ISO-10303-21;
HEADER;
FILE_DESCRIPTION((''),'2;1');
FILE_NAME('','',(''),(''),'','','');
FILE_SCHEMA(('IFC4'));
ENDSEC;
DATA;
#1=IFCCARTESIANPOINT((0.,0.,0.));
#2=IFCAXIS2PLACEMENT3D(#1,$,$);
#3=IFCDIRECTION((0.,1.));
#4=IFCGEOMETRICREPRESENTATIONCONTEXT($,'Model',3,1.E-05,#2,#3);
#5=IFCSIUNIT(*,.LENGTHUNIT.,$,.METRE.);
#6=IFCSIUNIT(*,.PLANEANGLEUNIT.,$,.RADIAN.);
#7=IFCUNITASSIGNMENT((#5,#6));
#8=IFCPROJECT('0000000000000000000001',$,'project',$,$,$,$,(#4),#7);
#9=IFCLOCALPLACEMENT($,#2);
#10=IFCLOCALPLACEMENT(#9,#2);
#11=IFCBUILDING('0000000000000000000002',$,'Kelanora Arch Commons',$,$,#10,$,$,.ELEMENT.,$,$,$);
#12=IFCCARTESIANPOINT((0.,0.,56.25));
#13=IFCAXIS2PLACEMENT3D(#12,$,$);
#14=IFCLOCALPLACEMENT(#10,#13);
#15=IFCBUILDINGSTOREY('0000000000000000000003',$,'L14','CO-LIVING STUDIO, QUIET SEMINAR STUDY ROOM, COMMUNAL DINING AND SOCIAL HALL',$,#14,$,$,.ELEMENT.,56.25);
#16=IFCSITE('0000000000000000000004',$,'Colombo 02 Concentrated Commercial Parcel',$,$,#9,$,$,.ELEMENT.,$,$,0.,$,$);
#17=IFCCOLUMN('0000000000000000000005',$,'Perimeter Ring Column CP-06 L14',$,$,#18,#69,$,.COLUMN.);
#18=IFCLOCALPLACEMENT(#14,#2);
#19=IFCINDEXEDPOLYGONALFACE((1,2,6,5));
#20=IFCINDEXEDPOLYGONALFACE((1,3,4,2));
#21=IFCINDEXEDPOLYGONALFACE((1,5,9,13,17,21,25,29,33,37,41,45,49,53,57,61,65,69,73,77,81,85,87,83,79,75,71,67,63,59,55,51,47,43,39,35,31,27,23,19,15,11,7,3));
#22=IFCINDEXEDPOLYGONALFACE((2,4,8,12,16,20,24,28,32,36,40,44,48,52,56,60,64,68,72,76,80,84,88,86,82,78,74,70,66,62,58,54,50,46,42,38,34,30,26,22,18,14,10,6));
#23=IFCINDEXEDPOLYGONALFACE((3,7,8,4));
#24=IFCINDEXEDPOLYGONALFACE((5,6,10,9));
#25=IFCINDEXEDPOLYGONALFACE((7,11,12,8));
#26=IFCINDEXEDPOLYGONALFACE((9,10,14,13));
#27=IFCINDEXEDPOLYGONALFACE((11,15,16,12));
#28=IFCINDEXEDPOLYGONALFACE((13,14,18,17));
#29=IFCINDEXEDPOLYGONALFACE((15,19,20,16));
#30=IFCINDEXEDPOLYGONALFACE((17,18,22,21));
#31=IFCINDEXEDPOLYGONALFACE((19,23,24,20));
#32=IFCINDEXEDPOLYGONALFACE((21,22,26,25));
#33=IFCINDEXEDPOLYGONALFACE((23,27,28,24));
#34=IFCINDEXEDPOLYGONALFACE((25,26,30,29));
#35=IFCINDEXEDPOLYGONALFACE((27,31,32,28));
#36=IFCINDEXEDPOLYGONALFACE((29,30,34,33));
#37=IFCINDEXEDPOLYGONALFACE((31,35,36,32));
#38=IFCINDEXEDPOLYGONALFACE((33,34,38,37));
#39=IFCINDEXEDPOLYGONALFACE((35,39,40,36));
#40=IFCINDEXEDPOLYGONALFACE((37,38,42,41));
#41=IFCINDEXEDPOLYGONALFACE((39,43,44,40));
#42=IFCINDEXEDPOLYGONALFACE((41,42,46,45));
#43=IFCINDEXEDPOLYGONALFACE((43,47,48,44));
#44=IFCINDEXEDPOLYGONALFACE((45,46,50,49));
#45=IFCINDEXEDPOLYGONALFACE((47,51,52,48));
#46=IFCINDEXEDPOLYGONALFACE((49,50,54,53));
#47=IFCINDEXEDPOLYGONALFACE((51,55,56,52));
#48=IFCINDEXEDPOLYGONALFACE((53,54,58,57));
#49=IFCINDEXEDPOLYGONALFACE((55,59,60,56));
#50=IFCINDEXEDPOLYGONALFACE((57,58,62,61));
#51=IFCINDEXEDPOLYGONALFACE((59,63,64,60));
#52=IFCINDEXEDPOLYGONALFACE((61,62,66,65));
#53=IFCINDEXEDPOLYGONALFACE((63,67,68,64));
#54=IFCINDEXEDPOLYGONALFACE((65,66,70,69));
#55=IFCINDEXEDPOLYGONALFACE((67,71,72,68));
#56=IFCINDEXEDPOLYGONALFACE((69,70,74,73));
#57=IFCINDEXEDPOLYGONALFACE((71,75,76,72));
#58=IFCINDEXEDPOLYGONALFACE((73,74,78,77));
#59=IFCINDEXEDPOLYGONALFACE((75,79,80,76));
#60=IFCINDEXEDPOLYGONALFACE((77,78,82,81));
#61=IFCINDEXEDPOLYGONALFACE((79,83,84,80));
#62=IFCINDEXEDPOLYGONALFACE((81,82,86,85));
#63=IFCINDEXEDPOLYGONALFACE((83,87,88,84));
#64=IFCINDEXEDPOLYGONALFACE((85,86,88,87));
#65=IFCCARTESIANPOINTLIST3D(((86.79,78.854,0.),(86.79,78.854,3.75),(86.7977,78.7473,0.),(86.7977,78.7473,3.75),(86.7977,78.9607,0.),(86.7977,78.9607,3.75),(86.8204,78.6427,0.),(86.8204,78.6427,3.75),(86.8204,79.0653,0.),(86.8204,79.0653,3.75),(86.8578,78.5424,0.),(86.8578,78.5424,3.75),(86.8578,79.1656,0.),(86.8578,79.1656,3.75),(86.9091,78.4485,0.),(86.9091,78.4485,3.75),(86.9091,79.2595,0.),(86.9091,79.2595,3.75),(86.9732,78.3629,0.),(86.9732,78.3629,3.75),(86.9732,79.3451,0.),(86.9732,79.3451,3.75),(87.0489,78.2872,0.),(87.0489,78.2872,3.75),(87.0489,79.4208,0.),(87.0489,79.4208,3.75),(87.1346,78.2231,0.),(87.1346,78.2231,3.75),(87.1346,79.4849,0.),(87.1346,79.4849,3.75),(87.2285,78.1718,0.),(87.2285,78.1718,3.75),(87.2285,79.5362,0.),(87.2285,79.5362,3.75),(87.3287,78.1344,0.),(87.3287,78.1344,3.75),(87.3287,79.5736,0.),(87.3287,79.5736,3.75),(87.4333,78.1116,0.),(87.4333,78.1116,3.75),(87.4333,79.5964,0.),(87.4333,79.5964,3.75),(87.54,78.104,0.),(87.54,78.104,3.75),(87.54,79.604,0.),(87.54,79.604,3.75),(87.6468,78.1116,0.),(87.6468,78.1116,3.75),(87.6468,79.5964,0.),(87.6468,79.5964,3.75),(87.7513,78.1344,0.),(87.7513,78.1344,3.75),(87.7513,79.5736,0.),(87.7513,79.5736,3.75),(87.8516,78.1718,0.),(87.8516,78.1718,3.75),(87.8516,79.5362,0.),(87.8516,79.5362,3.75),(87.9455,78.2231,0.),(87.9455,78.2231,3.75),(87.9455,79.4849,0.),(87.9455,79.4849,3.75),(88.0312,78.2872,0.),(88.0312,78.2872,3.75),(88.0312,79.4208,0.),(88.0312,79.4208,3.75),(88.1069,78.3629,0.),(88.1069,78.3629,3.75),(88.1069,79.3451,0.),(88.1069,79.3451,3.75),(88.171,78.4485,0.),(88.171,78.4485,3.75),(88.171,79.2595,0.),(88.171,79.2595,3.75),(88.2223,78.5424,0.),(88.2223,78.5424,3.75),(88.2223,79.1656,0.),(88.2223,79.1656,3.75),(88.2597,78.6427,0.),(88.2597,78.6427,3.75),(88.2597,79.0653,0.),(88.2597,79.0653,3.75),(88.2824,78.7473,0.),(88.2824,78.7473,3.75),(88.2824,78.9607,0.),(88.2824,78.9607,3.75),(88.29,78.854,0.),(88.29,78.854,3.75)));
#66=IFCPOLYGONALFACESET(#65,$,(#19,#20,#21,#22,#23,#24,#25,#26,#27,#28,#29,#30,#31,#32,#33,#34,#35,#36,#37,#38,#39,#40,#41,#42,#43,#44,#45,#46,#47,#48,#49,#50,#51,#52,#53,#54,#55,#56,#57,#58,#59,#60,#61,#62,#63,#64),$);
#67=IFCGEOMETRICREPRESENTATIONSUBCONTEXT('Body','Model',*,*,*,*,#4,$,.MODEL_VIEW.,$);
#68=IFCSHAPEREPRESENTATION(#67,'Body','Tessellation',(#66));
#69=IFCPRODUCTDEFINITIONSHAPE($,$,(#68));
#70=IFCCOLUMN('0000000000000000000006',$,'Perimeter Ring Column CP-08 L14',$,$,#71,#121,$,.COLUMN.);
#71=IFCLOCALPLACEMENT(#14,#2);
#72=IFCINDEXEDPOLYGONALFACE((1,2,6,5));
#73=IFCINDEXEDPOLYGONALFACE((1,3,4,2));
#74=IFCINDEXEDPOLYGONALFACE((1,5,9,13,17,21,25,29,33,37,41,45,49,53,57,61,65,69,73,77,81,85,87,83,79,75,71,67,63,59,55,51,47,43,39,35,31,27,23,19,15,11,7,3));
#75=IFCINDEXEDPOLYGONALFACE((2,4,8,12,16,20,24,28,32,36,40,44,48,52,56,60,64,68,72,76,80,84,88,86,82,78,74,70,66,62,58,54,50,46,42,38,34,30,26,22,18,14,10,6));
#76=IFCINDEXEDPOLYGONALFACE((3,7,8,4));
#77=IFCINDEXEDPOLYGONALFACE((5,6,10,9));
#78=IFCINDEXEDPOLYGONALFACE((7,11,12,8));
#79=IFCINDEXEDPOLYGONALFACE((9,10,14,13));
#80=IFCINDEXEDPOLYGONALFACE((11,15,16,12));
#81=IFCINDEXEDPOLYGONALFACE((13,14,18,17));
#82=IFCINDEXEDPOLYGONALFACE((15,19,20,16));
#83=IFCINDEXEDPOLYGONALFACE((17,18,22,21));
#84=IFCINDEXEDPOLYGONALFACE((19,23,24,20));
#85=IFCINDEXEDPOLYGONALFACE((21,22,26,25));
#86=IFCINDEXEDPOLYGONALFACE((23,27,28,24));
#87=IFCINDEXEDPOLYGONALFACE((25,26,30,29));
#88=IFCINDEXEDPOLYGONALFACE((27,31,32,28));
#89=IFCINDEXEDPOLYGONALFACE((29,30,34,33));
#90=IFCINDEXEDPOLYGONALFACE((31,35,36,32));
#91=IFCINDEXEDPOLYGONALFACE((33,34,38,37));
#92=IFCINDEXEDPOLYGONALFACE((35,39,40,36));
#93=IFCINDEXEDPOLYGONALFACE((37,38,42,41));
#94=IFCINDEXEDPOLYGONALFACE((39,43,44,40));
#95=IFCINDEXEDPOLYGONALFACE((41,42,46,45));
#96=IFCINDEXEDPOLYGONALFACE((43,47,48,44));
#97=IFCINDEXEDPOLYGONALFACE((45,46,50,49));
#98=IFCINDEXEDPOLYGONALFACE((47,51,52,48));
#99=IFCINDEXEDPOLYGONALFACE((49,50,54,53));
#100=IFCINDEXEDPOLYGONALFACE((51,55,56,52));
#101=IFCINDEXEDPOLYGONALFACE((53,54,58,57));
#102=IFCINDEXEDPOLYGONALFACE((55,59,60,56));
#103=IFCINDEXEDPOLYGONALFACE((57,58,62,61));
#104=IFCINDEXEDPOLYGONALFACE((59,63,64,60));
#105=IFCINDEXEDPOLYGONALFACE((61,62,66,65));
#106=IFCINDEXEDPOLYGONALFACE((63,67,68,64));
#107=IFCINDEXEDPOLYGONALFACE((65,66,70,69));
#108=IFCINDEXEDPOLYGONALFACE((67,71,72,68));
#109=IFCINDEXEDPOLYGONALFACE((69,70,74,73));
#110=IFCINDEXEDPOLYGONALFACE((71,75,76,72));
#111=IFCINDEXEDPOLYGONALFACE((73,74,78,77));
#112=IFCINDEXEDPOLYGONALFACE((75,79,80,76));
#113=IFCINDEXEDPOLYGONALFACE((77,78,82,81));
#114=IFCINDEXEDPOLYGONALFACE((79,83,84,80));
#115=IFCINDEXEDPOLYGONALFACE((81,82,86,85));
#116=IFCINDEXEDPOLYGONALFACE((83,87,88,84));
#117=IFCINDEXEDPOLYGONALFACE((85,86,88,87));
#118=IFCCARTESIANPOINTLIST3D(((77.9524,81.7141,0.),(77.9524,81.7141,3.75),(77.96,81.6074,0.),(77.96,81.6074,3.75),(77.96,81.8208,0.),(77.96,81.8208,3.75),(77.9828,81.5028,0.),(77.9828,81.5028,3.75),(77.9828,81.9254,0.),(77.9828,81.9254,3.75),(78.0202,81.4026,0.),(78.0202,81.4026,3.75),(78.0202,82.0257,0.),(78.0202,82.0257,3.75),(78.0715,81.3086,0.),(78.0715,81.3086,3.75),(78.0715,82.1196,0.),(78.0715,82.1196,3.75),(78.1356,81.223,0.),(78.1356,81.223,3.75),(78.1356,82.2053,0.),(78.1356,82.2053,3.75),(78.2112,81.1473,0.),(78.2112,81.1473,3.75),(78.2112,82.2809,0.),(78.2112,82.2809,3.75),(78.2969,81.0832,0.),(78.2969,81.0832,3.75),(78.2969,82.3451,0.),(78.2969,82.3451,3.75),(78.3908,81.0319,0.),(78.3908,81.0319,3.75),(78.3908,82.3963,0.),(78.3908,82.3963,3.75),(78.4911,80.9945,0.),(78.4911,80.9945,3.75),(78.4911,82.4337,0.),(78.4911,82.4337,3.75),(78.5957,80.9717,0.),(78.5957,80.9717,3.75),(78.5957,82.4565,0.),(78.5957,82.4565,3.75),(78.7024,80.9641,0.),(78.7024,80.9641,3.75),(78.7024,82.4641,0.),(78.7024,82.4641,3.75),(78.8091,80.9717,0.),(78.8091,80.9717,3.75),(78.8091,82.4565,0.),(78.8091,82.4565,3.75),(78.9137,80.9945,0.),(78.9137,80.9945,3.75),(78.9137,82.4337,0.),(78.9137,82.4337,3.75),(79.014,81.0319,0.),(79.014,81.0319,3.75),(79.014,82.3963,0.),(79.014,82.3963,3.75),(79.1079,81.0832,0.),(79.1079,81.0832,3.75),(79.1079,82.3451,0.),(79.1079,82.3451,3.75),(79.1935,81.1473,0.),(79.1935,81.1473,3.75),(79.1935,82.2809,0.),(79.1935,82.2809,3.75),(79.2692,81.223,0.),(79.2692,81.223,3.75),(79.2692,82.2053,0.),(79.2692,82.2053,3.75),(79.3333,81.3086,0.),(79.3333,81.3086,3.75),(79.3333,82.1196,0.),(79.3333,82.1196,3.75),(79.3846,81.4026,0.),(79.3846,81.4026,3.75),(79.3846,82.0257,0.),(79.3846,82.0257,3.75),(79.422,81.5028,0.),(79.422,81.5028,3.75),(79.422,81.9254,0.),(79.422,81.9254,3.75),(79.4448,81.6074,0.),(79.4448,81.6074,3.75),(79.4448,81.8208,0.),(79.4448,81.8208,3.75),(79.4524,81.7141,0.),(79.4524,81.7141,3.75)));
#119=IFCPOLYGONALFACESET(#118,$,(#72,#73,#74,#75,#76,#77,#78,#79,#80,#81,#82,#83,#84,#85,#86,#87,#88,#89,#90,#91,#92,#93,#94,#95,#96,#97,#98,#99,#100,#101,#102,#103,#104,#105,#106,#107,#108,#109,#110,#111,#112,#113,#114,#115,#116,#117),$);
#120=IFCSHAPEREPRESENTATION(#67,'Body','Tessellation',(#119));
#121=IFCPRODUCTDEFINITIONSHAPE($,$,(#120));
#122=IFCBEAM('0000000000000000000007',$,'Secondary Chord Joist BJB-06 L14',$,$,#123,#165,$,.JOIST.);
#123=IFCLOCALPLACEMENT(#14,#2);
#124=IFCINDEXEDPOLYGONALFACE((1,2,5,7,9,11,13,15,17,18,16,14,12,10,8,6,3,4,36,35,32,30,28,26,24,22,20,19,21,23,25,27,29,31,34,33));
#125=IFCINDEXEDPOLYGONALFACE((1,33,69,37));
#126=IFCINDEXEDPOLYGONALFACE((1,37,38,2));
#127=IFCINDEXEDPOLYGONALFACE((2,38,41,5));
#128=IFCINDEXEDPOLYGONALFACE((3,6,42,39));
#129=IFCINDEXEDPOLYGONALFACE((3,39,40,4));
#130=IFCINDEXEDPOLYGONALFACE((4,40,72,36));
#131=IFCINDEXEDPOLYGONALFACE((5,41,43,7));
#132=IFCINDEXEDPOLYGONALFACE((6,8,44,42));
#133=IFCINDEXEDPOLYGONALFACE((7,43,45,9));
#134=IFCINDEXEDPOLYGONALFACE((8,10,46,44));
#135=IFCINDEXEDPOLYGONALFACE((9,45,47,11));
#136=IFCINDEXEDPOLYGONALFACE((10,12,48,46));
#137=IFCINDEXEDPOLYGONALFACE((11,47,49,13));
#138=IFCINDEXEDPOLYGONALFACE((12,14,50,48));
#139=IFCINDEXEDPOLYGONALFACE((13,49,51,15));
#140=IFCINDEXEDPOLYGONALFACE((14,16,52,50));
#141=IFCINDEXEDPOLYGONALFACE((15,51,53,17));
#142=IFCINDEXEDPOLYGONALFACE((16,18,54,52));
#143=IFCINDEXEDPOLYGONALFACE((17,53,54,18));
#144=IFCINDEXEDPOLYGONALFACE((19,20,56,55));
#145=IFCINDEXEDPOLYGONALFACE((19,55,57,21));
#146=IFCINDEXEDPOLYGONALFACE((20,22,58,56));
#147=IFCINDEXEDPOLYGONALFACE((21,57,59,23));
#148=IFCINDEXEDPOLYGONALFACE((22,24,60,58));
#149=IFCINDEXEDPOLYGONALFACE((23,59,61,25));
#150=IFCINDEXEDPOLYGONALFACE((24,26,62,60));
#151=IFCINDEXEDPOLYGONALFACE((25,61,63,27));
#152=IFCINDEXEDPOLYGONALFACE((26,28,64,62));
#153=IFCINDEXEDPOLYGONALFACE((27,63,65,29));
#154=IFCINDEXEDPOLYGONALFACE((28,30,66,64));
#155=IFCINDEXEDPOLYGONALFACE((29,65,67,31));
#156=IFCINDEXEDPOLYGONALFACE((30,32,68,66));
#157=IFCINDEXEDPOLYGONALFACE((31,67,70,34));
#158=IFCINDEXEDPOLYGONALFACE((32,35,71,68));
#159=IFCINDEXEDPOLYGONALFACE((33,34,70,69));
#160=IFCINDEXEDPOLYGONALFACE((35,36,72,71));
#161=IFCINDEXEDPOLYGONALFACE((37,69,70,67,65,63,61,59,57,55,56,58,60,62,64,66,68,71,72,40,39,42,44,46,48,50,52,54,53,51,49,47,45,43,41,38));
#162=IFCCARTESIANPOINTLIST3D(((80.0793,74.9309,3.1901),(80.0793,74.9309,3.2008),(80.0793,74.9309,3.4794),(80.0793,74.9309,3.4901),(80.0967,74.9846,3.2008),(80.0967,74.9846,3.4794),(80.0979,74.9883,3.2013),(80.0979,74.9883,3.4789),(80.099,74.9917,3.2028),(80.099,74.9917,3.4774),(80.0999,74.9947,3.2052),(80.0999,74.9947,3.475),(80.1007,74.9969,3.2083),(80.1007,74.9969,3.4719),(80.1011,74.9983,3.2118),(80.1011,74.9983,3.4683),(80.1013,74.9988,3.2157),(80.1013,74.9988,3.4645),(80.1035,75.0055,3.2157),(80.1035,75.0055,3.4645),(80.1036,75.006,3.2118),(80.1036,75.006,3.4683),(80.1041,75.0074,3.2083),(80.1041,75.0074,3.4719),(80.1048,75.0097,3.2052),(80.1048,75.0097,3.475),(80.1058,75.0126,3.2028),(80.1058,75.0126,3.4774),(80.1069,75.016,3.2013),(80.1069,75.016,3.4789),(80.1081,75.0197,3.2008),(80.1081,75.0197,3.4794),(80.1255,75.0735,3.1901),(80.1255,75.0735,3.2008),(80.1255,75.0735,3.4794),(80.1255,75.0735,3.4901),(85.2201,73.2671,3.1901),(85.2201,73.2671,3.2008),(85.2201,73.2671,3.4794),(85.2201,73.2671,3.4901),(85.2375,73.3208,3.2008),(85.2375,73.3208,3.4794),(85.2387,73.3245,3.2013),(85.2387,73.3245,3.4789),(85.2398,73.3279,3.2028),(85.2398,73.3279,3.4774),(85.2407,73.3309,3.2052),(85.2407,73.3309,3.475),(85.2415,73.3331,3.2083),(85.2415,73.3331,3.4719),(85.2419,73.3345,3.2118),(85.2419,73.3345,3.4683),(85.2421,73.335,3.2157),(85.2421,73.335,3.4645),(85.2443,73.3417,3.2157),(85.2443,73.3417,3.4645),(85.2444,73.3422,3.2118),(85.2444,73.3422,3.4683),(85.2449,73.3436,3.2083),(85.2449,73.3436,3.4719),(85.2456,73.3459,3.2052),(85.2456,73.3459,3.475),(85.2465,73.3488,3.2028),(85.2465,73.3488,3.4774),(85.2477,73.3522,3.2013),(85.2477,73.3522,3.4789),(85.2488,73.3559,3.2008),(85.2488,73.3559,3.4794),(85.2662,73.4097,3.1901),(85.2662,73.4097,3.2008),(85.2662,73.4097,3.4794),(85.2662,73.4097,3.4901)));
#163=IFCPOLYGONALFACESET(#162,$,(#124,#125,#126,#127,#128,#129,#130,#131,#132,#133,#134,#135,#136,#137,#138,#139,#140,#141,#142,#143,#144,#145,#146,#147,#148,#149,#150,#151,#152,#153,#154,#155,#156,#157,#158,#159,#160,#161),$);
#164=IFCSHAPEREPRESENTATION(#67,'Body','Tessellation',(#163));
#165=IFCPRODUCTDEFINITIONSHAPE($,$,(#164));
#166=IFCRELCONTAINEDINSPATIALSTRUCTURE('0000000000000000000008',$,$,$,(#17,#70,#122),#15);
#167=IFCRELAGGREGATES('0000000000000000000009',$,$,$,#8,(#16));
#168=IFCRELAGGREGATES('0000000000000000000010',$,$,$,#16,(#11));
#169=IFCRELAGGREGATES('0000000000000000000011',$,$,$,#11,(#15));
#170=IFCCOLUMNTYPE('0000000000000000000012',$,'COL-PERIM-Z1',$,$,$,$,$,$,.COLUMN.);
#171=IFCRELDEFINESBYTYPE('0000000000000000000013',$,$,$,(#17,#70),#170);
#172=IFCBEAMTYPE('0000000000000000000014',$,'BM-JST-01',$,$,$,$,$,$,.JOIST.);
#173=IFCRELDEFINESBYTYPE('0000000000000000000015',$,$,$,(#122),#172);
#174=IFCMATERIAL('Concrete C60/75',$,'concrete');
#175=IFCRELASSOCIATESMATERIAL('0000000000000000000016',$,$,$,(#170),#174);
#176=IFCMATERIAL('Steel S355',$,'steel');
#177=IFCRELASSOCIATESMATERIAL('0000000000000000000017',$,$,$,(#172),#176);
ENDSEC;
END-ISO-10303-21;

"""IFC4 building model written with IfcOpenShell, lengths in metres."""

from ifc_helpers import new_model, si_unit, direction, frame, origin, origin_2d, place, context, subcontext, project, spatial, circle, i_section, extrude, material, material_profile, profile_set, type_object, element, save


model = new_model("IFC4")

# Units and contexts
model_context = context("Model", 3, precision=1e-05, world=origin(), true_north=direction((0.0, 1.0)))
body_context = subcontext(model_context, "Body", "Model", "MODEL_VIEW")
ifc_project = project(units=[si_unit("LENGTHUNIT", "METRE"), si_unit("PLANEANGLEUNIT", "RADIAN")], contexts=[model_context])

# Site, building, storey
site_placement = place(None, origin())
site = spatial("IfcSite", under=ifc_project, at=site_placement, Name="Colombo 02 Concentrated Commercial Parcel", CompositionType="ELEMENT", RefElevation=0.0)
building_placement = place(site_placement, origin())
building = spatial("IfcBuilding", under=site, at=building_placement, Name="Kelanora Arch Commons", CompositionType="ELEMENT")
storey_placement = place(building_placement, frame((0.0, 0.0, 56.25)))
storey = spatial("IfcBuildingStorey", under=building, at=storey_placement, Name="L14", Description="CO-LIVING STUDIO, QUIET SEMINAR STUDY ROOM, COMMUNAL DINING AND SOCIAL HALL", CompositionType="ELEMENT", Elevation=56.25)

# Columns
ifc_material_1 = material(Name="Concrete C60/75", Category="concrete")
ifc_material_profile_1 = material_profile(ifc_material_1, circle(Radius=0.75, at=origin_2d()), Name="RCC1500")
ifc_profile_set_1 = profile_set([ifc_material_profile_1], Name="Concrete C60/75")
column_type = type_object("IfcColumnType", Name="COL-PERIM-Z1", PredefinedType="COLUMN", material=ifc_profile_set_1)
for number, where, z_axis, x_axis, name in (
    (1, (87.54, 78.854, 0.0), (0.0, 0.0, 1.0), (1.0, 0.0, 0.0), "Perimeter Ring Column CP-06 L14"),
    (2, (78.7024, 81.7141, 0.0), (0.0, 0.0, 1.0), (1.0, 0.0, 0.0), "Perimeter Ring Column CP-08 L14"),
):
    element("IfcColumn", number, at=place(storey_placement, frame(where, z_axis=z_axis, x_axis=x_axis)), inside=storey, type_object=column_type, Name=name, PredefinedType="COLUMN", context=body_context, shape_type="SweptSolid", body=[
        extrude(circle(Radius=0.75, at=origin_2d()), origin(), (0.0, 0.0, 1.0), 3.75),
    ])

# Beam
ifc_material_2 = material(Name="Steel S355", Category="steel")
ifc_material_profile_2 = material_profile(ifc_material_2, i_section(OverallWidth=0.1499, OverallDepth=0.3, WebThickness=0.0071, FlangeThickness=0.0107, FilletRadius=0.0149, at=origin_2d()), Name="IPE300")
ifc_profile_set_2 = profile_set([ifc_material_profile_2], Name="Steel S355")
beam_type_1 = type_object("IfcBeamType", Name="BM-JST-01", PredefinedType="JOIST", material=ifc_profile_set_2)
beam_1_placement = place(storey_placement, frame((85.2432, 73.3384, 3.3401), z_axis=(-0.951412, 0.30792, 0.0), x_axis=(-0.30792, -0.951412, 0.0)))
element("IfcBeam", 3, at=beam_1_placement, inside=storey, type_object=beam_type_1, Name="Secondary Chord Joist BJB-06 L14", PredefinedType="JOIST", context=body_context, shape_type="SweptSolid", body=[
    extrude(i_section(OverallWidth=0.1499, OverallDepth=0.3, WebThickness=0.0071, FlangeThickness=0.0107, FilletRadius=0.0149, at=origin_2d()), origin(), (0.0, 0.0, 1.0), 5.4033),
])

save(model, "model.ifc")
